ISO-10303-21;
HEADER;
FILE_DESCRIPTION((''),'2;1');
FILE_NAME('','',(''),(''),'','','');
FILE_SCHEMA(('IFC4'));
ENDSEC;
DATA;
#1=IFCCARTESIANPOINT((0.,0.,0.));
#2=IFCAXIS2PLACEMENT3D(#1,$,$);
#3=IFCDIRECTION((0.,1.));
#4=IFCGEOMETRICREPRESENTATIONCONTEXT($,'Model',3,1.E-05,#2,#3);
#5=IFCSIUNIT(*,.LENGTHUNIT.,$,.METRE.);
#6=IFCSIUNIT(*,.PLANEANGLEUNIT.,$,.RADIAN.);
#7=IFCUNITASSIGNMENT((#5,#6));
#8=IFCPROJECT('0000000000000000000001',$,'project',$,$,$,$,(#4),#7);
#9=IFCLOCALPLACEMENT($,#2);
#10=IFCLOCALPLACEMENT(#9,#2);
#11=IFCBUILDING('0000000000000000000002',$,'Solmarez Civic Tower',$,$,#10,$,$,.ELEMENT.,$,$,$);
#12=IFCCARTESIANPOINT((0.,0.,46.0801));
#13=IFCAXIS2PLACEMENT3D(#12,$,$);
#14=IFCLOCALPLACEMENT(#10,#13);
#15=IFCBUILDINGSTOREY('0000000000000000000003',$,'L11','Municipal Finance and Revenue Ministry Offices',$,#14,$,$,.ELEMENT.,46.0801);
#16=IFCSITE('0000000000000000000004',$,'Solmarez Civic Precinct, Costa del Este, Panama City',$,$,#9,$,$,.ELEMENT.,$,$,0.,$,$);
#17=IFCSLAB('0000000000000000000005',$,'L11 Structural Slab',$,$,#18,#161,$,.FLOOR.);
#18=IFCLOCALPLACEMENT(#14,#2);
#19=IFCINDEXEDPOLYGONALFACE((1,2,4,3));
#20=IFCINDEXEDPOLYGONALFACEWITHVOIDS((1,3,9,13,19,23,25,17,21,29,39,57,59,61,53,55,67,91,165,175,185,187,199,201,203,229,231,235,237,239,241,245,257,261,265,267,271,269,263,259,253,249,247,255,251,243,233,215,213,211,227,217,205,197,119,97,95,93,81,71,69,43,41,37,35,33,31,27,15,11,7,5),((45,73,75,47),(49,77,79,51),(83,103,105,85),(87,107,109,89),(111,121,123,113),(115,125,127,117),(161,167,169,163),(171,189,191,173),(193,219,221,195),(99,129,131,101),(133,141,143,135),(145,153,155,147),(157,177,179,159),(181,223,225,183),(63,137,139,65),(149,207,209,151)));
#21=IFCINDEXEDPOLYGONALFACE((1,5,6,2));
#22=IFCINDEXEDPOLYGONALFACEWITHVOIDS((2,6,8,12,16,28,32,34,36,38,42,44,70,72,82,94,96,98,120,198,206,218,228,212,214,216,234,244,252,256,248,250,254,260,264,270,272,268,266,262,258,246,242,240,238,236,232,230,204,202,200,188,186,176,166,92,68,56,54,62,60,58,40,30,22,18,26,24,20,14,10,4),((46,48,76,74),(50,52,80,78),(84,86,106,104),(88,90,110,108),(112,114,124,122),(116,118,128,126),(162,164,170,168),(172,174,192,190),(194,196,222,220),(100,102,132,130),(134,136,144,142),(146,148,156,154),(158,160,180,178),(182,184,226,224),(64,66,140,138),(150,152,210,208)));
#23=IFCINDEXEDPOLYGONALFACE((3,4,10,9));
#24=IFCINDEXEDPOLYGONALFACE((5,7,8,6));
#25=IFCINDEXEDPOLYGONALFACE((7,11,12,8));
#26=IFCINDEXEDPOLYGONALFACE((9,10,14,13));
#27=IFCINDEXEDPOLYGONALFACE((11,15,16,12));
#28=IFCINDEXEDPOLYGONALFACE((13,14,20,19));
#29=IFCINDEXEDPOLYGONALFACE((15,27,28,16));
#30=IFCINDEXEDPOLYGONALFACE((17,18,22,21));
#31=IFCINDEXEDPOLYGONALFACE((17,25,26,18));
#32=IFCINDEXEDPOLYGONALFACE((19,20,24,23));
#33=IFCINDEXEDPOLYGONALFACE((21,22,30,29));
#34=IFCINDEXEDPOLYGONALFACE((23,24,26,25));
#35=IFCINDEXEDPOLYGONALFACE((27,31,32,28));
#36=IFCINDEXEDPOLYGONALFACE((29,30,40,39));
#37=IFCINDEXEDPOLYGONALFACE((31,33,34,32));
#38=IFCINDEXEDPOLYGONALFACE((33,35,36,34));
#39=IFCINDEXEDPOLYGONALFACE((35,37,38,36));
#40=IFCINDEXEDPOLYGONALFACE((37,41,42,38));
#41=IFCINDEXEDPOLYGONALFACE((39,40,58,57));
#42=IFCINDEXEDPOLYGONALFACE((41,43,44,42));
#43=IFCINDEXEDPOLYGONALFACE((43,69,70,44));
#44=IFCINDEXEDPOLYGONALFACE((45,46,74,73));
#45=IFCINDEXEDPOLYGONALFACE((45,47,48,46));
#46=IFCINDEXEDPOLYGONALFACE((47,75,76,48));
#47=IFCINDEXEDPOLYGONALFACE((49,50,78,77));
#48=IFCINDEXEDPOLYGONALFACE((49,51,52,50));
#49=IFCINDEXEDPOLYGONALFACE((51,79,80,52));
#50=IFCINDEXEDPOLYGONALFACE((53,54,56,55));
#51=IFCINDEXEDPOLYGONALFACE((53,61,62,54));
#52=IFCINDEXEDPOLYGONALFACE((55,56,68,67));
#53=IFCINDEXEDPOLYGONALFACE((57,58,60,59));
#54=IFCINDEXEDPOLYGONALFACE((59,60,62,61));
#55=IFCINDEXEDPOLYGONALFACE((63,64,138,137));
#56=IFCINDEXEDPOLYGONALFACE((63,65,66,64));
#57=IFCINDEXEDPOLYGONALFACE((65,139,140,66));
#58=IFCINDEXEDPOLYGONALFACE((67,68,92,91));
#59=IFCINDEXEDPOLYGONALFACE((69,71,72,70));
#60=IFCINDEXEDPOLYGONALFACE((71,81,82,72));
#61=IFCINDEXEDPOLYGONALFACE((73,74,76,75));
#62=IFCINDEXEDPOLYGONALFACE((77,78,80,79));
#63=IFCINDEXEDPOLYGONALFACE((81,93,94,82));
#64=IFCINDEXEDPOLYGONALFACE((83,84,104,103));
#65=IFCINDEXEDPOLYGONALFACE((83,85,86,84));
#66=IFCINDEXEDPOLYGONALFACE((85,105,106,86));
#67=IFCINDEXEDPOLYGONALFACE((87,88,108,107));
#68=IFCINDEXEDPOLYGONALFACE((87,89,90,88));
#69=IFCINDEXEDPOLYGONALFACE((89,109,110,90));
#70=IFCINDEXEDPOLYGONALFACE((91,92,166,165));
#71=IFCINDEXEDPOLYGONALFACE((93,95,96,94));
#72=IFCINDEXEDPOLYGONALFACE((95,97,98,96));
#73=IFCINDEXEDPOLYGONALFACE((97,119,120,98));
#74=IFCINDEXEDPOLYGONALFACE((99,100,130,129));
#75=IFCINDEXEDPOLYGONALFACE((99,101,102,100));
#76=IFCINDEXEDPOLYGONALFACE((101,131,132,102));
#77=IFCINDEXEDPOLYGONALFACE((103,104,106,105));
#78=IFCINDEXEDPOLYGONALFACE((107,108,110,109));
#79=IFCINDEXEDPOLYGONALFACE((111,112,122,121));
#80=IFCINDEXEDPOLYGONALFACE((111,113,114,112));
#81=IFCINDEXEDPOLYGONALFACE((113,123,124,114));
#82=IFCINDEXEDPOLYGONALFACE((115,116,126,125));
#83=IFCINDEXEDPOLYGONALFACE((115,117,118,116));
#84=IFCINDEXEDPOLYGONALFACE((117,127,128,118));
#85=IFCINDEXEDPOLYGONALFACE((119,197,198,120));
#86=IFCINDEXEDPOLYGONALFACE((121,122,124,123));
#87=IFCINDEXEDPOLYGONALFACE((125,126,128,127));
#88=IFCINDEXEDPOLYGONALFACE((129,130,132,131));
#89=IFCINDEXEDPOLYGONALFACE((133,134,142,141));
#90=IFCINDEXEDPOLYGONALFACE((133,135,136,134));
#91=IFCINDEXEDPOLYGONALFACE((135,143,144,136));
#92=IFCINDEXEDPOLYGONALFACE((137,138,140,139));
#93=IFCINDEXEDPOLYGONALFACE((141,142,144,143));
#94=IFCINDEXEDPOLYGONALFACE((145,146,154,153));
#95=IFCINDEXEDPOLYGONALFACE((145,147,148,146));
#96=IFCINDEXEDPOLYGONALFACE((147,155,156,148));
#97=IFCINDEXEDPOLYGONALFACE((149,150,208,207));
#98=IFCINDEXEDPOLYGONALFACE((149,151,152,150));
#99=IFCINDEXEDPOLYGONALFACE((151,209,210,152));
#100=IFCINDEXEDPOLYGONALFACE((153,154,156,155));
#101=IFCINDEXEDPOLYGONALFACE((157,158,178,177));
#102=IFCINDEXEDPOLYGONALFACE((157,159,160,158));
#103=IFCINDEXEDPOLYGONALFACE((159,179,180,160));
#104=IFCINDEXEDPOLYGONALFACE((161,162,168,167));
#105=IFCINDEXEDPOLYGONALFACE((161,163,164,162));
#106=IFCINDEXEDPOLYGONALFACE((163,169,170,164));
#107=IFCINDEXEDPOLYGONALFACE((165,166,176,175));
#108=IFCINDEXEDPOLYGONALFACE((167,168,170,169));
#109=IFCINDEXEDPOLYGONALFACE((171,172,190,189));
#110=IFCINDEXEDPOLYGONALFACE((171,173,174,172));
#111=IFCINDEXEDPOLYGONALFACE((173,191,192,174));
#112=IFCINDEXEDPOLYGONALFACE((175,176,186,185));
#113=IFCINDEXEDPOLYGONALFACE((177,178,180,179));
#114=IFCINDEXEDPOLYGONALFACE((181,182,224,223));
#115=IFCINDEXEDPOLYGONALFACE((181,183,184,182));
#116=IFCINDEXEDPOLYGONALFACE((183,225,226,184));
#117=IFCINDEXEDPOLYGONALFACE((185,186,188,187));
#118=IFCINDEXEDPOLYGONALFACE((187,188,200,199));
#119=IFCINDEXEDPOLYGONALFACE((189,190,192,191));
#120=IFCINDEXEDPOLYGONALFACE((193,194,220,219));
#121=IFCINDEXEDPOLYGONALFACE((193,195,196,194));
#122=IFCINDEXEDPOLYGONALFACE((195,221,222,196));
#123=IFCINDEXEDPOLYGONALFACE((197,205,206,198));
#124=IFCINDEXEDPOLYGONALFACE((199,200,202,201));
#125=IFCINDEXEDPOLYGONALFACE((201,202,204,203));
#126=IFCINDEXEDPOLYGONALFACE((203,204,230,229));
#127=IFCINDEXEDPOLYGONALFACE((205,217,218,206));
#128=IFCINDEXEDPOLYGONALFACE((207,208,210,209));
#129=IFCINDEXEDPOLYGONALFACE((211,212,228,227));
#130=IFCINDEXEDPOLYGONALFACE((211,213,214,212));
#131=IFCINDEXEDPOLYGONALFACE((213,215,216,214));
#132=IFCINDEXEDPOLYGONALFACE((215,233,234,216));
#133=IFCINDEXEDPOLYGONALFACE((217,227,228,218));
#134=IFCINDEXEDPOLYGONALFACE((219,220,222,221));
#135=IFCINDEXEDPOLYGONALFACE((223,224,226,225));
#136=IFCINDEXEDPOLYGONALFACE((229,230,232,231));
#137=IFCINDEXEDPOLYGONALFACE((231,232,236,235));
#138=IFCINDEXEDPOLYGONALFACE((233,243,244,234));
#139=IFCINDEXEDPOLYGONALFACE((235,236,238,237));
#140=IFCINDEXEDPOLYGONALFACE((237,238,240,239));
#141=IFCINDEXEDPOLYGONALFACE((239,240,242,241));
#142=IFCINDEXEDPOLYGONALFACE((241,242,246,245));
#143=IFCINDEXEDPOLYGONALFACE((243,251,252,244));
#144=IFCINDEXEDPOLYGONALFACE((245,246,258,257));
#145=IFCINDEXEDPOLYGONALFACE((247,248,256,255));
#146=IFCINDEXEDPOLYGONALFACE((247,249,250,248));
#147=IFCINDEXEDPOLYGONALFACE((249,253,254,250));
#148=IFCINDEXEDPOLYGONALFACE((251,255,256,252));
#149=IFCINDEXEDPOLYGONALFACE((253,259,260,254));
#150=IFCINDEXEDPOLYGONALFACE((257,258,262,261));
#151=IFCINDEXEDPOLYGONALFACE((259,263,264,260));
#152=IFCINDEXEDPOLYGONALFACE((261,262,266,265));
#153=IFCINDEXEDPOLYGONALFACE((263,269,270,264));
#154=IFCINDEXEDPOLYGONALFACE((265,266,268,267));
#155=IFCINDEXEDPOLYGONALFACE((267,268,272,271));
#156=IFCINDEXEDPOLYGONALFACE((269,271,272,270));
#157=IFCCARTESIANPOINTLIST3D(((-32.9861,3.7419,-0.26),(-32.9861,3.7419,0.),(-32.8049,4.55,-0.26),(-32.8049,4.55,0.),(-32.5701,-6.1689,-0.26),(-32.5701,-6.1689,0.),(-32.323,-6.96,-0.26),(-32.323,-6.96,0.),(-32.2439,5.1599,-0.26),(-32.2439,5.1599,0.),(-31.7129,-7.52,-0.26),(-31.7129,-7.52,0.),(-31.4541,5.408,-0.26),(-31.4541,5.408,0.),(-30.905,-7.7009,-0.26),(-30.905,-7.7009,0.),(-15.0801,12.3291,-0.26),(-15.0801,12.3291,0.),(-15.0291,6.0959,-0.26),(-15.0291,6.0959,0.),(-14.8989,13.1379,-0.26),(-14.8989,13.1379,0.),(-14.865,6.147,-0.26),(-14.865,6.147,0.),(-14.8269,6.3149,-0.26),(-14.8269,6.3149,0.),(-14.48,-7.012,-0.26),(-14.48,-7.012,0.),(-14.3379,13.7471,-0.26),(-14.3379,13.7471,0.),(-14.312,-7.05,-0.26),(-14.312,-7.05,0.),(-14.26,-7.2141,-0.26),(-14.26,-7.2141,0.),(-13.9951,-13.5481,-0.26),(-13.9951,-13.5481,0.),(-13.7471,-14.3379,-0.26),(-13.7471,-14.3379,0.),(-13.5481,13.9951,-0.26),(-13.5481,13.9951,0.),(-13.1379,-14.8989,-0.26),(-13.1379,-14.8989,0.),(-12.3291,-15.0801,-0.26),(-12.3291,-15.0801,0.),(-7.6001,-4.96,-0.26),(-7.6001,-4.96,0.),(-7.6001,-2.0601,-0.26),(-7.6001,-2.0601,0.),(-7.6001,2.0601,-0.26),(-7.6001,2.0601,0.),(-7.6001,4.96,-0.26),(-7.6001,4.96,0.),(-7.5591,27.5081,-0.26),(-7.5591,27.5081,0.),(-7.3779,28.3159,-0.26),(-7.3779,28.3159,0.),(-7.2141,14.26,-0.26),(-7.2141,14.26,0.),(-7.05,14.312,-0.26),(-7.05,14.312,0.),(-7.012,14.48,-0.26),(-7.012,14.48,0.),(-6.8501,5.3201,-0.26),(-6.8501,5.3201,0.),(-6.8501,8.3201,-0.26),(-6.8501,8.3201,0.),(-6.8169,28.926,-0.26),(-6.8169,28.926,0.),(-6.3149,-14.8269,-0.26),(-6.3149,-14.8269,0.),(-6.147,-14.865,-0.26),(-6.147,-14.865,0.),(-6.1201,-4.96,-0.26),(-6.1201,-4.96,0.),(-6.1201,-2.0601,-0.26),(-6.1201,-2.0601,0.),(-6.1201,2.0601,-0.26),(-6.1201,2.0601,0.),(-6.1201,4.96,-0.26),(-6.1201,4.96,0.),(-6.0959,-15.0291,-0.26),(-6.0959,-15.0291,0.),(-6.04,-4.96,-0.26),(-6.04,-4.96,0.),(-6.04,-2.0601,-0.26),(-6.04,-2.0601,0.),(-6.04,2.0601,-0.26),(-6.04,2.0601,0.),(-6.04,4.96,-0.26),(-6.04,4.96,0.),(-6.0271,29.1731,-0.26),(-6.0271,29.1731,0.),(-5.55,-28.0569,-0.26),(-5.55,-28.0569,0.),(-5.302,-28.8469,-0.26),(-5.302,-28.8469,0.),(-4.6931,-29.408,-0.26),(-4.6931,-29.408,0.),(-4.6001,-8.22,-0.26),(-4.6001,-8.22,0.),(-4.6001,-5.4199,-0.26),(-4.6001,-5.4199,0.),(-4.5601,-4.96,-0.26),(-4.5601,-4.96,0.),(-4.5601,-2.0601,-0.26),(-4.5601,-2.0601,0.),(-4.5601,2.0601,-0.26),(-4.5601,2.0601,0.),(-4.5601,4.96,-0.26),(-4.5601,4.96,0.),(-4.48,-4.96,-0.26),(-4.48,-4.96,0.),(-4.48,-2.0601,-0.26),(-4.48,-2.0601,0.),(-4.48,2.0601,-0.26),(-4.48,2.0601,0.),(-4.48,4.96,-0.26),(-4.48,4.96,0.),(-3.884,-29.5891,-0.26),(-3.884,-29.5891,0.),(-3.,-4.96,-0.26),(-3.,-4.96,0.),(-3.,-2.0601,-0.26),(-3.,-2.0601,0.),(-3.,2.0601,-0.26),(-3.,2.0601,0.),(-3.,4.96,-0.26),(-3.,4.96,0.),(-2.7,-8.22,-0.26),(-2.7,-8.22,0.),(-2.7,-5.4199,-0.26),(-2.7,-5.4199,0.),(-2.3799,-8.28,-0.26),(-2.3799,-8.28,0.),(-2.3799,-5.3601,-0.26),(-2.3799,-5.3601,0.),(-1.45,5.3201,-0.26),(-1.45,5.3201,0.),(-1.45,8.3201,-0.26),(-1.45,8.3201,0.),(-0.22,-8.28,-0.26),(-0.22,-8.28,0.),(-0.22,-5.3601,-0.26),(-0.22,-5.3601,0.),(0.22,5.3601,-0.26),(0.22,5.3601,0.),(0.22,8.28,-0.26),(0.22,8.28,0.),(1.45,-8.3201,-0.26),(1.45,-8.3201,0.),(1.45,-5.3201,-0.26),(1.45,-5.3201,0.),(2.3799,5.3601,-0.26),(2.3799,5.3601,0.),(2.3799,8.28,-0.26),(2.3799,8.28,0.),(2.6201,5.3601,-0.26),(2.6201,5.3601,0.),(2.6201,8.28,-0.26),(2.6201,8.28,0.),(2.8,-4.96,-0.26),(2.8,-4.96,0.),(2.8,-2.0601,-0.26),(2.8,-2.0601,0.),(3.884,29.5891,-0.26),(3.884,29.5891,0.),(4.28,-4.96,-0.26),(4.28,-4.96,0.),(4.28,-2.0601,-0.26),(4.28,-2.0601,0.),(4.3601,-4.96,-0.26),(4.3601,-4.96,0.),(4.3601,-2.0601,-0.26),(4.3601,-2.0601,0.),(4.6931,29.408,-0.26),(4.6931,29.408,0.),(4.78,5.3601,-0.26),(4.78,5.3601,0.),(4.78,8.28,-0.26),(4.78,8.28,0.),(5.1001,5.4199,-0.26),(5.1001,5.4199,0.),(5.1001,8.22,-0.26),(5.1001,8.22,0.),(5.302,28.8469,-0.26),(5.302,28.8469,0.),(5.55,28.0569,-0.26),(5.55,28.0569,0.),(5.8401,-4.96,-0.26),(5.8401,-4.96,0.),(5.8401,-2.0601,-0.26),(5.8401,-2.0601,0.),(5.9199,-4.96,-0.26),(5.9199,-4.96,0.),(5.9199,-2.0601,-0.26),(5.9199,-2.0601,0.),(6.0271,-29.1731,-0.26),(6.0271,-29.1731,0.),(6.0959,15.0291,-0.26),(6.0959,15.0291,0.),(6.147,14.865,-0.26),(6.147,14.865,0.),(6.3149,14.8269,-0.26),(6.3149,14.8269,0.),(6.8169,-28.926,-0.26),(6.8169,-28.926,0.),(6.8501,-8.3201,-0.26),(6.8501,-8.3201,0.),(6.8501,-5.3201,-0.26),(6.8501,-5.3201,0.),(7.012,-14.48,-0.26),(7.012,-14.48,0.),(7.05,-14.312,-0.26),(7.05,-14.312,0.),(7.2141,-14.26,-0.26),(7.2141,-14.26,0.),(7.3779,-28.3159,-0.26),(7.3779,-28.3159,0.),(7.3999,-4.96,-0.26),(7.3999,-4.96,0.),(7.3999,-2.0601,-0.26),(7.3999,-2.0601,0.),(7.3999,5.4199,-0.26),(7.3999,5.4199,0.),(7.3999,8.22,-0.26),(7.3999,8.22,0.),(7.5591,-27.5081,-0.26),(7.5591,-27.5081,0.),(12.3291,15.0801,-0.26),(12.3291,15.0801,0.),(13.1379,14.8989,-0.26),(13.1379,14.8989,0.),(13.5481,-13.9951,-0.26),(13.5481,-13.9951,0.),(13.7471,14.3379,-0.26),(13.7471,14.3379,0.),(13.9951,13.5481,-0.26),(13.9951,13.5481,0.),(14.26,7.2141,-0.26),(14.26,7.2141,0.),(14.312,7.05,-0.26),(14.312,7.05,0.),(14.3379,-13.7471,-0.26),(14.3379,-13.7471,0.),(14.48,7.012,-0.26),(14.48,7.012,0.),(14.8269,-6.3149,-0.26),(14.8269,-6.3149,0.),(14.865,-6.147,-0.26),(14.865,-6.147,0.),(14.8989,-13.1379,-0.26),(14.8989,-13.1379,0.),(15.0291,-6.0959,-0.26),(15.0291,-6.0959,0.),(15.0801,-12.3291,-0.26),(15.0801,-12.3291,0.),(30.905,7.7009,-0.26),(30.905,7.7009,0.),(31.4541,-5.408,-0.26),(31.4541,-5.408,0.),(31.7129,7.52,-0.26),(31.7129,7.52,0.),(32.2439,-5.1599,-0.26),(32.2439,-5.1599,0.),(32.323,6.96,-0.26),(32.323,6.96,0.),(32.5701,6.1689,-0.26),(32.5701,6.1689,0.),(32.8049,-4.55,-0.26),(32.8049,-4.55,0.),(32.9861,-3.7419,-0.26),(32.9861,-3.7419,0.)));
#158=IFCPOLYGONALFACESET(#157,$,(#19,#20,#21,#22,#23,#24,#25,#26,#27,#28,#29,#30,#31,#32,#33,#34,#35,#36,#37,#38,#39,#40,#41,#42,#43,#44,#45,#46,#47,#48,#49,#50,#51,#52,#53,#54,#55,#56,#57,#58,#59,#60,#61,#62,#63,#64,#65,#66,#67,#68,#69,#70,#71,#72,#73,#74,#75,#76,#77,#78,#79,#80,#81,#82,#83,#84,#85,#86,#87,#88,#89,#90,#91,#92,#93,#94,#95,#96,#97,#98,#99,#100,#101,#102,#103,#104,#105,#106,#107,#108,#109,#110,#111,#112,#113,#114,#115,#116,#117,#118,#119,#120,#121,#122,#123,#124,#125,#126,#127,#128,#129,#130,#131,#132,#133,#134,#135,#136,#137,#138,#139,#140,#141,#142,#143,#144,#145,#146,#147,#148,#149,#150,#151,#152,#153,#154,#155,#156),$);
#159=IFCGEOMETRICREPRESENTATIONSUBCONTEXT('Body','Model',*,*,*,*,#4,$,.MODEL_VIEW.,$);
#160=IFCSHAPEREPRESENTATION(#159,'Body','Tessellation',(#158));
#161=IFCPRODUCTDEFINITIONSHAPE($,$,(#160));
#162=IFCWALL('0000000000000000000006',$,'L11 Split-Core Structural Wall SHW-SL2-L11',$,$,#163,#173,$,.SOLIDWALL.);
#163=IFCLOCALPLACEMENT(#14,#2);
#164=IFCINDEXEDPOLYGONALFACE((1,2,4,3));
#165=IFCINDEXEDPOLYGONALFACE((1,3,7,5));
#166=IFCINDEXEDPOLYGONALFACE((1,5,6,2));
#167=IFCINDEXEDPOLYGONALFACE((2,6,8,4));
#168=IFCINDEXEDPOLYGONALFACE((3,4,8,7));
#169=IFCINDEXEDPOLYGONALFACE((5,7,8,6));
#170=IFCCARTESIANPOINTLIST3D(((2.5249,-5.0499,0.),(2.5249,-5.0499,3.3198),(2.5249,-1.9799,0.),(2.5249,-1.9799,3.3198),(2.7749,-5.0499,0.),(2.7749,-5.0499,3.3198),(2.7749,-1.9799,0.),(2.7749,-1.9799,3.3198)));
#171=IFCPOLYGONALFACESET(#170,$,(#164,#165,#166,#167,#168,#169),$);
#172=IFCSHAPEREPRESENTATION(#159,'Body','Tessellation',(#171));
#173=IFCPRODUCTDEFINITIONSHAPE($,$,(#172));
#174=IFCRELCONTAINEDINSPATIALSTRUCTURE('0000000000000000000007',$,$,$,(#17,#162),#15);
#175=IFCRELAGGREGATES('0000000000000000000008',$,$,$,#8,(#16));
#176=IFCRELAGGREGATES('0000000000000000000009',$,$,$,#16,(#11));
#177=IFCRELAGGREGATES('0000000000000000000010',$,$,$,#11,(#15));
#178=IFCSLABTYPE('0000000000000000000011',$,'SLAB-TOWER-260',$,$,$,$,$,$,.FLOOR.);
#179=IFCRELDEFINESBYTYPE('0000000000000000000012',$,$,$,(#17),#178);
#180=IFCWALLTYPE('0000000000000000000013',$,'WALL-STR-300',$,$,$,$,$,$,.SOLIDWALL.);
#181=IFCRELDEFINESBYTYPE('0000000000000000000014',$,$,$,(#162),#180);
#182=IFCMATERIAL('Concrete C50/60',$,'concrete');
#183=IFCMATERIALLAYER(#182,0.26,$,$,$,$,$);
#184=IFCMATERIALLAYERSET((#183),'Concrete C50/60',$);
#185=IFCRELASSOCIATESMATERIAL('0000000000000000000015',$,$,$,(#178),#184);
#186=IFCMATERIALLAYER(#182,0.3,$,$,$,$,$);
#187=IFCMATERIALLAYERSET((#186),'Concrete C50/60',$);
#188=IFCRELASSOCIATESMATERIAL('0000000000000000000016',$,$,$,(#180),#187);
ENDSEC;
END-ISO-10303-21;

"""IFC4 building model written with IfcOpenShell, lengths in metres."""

from ifc_helpers import new_model, si_unit, direction, frame, frame_2d, origin, place, context, subcontext, project, spatial, polyline, rectangle, outline, extrude, material, layer, layer_set, type_object, element, save


model = new_model("IFC4")

# Units and contexts
model_context = context("Model", 3, precision=1e-05, world=origin(), true_north=direction((0.0, 1.0)))
body_context = subcontext(model_context, "Body", "Model", "MODEL_VIEW")
ifc_project = project(units=[si_unit("LENGTHUNIT", "METRE"), si_unit("PLANEANGLEUNIT", "RADIAN")], contexts=[model_context])

# Site, building, storey
site_placement = place(None, origin())
site = spatial("IfcSite", under=ifc_project, at=site_placement, Name="Solmarez Civic Precinct, Costa del Este, Panama City", CompositionType="ELEMENT", RefElevation=0.0)
building_placement = place(site_placement, origin())
building = spatial("IfcBuilding", under=site, at=building_placement, Name="Solmarez Civic Tower", CompositionType="ELEMENT")
storey_placement = place(building_placement, frame((0.0, 0.0, 46.0801)))
storey = spatial("IfcBuildingStorey", under=building, at=storey_placement, Name="L11", Description="Municipal Finance and Revenue Ministry Offices", CompositionType="ELEMENT", Elevation=46.0801)

# Shared definitions
ifc_material_1 = material(Name="Concrete C50/60", Category="concrete")

# Slab
ifc_layer_1 = layer(ifc_material_1, 0.26)
ifc_layer_set_1 = layer_set([ifc_layer_1], Name="Concrete C50/60")
slab_type_1 = type_object("IfcSlabType", Name="SLAB-TOWER-260", PredefinedType="FLOOR", material=ifc_layer_set_1)
slab_1_placement = place(storey_placement, frame((0.0, 0.0, -0.26)))
element("IfcSlab", 1, at=slab_1_placement, inside=storey, type_object=slab_type_1, Name="L11 Structural Slab", PredefinedType="FLOOR", context=body_context, shape_type="SweptSolid", body=[
    extrude(outline(polyline([(-14.26, -7.2141), (-13.9951, -13.5481), (-13.7471, -14.3379), (-13.1379, -14.8989), (-12.3291, -15.0801), (-6.3149, -14.8269), (-6.147, -14.865), (-6.0959, -15.0291), (-5.55, -28.0569), (-5.302, -28.8469), (-4.6931, -29.408), (-3.884, -29.5891), (6.0271, -29.1731), (6.8169, -28.926), (7.3779, -28.3159), (7.5591, -27.5081), (7.012, -14.48), (7.05, -14.312), (7.2141, -14.26), (13.5481, -13.9951), (14.3379, -13.7471), (14.8989, -13.1379), (15.0801, -12.3291), (14.8269, -6.3149), (14.865, -6.147), (15.0291, -6.0959), (31.4541, -5.408), (32.2439, -5.1599), (32.8049, -4.55), (32.9861, -3.7419), (32.5701, 6.1689), (32.323, 6.96), (31.7129, 7.52), (30.905, 7.7009), (14.48, 7.012), (14.312, 7.05), (14.26, 7.2141), (13.9951, 13.5481), (13.7471, 14.3379), (13.1379, 14.8989), (12.3291, 15.0801), (6.3149, 14.8269), (6.147, 14.865), (6.0959, 15.0291), (5.55, 28.0569), (5.302, 28.8469), (4.6931, 29.408), (3.884, 29.5891), (-6.0271, 29.1731), (-6.8169, 28.926), (-7.3779, 28.3159), (-7.5591, 27.5081), (-7.012, 14.48), (-7.05, 14.312), (-7.2141, 14.26), (-13.5481, 13.9951), (-14.3379, 13.7471), (-14.8989, 13.1379), (-15.0801, 12.3291), (-14.8269, 6.3149), (-14.865, 6.147), (-15.0291, 6.0959), (-31.4541, 5.408), (-32.2439, 5.1599), (-32.8049, 4.55), (-32.9861, 3.7419), (-32.5701, -6.1689), (-32.323, -6.96), (-31.7129, -7.52), (-30.905, -7.7009), (-14.48, -7.012), (-14.312, -7.05), (-14.26, -7.2141)]), holes=[polyline([(-1.45, 8.3201), (-6.8501, 8.3201), (-6.8501, 5.3201), (-1.45, 5.3201), (-1.45, 8.3201)]), polyline([(1.45, -8.3201), (6.8501, -8.3201), (6.8501, -5.3201), (1.45, -5.3201), (1.45, -8.3201)]), polyline([(0.22, 5.3601), (2.3799, 5.3601), (2.3799, 8.28), (0.22, 8.28), (0.22, 5.3601)]), polyline([(2.6201, 5.3601), (4.78, 5.3601), (4.78, 8.28), (2.6201, 8.28), (2.6201, 5.3601)]), polyline([(-2.3799, -8.28), (-0.22, -8.28), (-0.22, -5.3601), (-2.3799, -5.3601), (-2.3799, -8.28)]), polyline([(2.8, -4.96), (4.28, -4.96), (4.28, -2.0601), (2.8, -2.0601), (2.8, -4.96)]), polyline([(4.3601, -4.96), (5.8401, -4.96), (5.8401, -2.0601), (4.3601, -2.0601), (4.3601, -4.96)]), polyline([(5.9199, -4.96), (7.3999, -4.96), (7.3999, -2.0601), (5.9199, -2.0601), (5.9199, -4.96)]), polyline([(-7.6001, -4.96), (-6.1201, -4.96), (-6.1201, -2.0601), (-7.6001, -2.0601), (-7.6001, -4.96)]), polyline([(-6.04, -4.96), (-4.5601, -4.96), (-4.5601, -2.0601), (-6.04, -2.0601), (-6.04, -4.96)]), polyline([(-4.48, -4.96), (-3.0, -4.96), (-3.0, -2.0601), (-4.48, -2.0601), (-4.48, -4.96)]), polyline([(-7.6001, 2.0601), (-6.1201, 2.0601), (-6.1201, 4.96), (-7.6001, 4.96), (-7.6001, 2.0601)]), polyline([(-6.04, 2.0601), (-4.5601, 2.0601), (-4.5601, 4.96), (-6.04, 4.96), (-6.04, 2.0601)]), polyline([(-4.48, 2.0601), (-3.0, 2.0601), (-3.0, 4.96), (-4.48, 4.96), (-4.48, 2.0601)]), polyline([(5.1001, 5.4199), (7.3999, 5.4199), (7.3999, 8.22), (5.1001, 8.22), (5.1001, 5.4199)]), polyline([(-4.6001, -8.22), (-2.7, -8.22), (-2.7, -5.4199), (-4.6001, -5.4199), (-4.6001, -8.22)])]), origin(), (0.0, 0.0, 1.0), 0.26),
])

# Wall
ifc_layer_2 = layer(ifc_material_1, 0.3)
ifc_layer_set_2 = layer_set([ifc_layer_2], Name="Concrete C50/60")
wall_type = type_object("IfcWallType", Name="WALL-STR-300", PredefinedType="SOLIDWALL", material=ifc_layer_set_2)
wall_placement = place(storey_placement, frame((2.6499, -5.05, 0.0), z_axis=(0.0, 0.0, 1.0), x_axis=(0.0, 1.0, 0.0)))
element("IfcWall", 2, at=wall_placement, inside=storey, type_object=wall_type, Name="L11 Split-Core Structural Wall SHW-SL2-L11", PredefinedType="SOLIDWALL", context=body_context, shape_type="SweptSolid", body=[
    extrude(rectangle(XDim=3.0701, YDim=0.25, at=frame_2d((1.5352, 0.0))), origin(), (0.0, 0.0, 1.0), 3.3198),
])

save(model, "model.ifc")
